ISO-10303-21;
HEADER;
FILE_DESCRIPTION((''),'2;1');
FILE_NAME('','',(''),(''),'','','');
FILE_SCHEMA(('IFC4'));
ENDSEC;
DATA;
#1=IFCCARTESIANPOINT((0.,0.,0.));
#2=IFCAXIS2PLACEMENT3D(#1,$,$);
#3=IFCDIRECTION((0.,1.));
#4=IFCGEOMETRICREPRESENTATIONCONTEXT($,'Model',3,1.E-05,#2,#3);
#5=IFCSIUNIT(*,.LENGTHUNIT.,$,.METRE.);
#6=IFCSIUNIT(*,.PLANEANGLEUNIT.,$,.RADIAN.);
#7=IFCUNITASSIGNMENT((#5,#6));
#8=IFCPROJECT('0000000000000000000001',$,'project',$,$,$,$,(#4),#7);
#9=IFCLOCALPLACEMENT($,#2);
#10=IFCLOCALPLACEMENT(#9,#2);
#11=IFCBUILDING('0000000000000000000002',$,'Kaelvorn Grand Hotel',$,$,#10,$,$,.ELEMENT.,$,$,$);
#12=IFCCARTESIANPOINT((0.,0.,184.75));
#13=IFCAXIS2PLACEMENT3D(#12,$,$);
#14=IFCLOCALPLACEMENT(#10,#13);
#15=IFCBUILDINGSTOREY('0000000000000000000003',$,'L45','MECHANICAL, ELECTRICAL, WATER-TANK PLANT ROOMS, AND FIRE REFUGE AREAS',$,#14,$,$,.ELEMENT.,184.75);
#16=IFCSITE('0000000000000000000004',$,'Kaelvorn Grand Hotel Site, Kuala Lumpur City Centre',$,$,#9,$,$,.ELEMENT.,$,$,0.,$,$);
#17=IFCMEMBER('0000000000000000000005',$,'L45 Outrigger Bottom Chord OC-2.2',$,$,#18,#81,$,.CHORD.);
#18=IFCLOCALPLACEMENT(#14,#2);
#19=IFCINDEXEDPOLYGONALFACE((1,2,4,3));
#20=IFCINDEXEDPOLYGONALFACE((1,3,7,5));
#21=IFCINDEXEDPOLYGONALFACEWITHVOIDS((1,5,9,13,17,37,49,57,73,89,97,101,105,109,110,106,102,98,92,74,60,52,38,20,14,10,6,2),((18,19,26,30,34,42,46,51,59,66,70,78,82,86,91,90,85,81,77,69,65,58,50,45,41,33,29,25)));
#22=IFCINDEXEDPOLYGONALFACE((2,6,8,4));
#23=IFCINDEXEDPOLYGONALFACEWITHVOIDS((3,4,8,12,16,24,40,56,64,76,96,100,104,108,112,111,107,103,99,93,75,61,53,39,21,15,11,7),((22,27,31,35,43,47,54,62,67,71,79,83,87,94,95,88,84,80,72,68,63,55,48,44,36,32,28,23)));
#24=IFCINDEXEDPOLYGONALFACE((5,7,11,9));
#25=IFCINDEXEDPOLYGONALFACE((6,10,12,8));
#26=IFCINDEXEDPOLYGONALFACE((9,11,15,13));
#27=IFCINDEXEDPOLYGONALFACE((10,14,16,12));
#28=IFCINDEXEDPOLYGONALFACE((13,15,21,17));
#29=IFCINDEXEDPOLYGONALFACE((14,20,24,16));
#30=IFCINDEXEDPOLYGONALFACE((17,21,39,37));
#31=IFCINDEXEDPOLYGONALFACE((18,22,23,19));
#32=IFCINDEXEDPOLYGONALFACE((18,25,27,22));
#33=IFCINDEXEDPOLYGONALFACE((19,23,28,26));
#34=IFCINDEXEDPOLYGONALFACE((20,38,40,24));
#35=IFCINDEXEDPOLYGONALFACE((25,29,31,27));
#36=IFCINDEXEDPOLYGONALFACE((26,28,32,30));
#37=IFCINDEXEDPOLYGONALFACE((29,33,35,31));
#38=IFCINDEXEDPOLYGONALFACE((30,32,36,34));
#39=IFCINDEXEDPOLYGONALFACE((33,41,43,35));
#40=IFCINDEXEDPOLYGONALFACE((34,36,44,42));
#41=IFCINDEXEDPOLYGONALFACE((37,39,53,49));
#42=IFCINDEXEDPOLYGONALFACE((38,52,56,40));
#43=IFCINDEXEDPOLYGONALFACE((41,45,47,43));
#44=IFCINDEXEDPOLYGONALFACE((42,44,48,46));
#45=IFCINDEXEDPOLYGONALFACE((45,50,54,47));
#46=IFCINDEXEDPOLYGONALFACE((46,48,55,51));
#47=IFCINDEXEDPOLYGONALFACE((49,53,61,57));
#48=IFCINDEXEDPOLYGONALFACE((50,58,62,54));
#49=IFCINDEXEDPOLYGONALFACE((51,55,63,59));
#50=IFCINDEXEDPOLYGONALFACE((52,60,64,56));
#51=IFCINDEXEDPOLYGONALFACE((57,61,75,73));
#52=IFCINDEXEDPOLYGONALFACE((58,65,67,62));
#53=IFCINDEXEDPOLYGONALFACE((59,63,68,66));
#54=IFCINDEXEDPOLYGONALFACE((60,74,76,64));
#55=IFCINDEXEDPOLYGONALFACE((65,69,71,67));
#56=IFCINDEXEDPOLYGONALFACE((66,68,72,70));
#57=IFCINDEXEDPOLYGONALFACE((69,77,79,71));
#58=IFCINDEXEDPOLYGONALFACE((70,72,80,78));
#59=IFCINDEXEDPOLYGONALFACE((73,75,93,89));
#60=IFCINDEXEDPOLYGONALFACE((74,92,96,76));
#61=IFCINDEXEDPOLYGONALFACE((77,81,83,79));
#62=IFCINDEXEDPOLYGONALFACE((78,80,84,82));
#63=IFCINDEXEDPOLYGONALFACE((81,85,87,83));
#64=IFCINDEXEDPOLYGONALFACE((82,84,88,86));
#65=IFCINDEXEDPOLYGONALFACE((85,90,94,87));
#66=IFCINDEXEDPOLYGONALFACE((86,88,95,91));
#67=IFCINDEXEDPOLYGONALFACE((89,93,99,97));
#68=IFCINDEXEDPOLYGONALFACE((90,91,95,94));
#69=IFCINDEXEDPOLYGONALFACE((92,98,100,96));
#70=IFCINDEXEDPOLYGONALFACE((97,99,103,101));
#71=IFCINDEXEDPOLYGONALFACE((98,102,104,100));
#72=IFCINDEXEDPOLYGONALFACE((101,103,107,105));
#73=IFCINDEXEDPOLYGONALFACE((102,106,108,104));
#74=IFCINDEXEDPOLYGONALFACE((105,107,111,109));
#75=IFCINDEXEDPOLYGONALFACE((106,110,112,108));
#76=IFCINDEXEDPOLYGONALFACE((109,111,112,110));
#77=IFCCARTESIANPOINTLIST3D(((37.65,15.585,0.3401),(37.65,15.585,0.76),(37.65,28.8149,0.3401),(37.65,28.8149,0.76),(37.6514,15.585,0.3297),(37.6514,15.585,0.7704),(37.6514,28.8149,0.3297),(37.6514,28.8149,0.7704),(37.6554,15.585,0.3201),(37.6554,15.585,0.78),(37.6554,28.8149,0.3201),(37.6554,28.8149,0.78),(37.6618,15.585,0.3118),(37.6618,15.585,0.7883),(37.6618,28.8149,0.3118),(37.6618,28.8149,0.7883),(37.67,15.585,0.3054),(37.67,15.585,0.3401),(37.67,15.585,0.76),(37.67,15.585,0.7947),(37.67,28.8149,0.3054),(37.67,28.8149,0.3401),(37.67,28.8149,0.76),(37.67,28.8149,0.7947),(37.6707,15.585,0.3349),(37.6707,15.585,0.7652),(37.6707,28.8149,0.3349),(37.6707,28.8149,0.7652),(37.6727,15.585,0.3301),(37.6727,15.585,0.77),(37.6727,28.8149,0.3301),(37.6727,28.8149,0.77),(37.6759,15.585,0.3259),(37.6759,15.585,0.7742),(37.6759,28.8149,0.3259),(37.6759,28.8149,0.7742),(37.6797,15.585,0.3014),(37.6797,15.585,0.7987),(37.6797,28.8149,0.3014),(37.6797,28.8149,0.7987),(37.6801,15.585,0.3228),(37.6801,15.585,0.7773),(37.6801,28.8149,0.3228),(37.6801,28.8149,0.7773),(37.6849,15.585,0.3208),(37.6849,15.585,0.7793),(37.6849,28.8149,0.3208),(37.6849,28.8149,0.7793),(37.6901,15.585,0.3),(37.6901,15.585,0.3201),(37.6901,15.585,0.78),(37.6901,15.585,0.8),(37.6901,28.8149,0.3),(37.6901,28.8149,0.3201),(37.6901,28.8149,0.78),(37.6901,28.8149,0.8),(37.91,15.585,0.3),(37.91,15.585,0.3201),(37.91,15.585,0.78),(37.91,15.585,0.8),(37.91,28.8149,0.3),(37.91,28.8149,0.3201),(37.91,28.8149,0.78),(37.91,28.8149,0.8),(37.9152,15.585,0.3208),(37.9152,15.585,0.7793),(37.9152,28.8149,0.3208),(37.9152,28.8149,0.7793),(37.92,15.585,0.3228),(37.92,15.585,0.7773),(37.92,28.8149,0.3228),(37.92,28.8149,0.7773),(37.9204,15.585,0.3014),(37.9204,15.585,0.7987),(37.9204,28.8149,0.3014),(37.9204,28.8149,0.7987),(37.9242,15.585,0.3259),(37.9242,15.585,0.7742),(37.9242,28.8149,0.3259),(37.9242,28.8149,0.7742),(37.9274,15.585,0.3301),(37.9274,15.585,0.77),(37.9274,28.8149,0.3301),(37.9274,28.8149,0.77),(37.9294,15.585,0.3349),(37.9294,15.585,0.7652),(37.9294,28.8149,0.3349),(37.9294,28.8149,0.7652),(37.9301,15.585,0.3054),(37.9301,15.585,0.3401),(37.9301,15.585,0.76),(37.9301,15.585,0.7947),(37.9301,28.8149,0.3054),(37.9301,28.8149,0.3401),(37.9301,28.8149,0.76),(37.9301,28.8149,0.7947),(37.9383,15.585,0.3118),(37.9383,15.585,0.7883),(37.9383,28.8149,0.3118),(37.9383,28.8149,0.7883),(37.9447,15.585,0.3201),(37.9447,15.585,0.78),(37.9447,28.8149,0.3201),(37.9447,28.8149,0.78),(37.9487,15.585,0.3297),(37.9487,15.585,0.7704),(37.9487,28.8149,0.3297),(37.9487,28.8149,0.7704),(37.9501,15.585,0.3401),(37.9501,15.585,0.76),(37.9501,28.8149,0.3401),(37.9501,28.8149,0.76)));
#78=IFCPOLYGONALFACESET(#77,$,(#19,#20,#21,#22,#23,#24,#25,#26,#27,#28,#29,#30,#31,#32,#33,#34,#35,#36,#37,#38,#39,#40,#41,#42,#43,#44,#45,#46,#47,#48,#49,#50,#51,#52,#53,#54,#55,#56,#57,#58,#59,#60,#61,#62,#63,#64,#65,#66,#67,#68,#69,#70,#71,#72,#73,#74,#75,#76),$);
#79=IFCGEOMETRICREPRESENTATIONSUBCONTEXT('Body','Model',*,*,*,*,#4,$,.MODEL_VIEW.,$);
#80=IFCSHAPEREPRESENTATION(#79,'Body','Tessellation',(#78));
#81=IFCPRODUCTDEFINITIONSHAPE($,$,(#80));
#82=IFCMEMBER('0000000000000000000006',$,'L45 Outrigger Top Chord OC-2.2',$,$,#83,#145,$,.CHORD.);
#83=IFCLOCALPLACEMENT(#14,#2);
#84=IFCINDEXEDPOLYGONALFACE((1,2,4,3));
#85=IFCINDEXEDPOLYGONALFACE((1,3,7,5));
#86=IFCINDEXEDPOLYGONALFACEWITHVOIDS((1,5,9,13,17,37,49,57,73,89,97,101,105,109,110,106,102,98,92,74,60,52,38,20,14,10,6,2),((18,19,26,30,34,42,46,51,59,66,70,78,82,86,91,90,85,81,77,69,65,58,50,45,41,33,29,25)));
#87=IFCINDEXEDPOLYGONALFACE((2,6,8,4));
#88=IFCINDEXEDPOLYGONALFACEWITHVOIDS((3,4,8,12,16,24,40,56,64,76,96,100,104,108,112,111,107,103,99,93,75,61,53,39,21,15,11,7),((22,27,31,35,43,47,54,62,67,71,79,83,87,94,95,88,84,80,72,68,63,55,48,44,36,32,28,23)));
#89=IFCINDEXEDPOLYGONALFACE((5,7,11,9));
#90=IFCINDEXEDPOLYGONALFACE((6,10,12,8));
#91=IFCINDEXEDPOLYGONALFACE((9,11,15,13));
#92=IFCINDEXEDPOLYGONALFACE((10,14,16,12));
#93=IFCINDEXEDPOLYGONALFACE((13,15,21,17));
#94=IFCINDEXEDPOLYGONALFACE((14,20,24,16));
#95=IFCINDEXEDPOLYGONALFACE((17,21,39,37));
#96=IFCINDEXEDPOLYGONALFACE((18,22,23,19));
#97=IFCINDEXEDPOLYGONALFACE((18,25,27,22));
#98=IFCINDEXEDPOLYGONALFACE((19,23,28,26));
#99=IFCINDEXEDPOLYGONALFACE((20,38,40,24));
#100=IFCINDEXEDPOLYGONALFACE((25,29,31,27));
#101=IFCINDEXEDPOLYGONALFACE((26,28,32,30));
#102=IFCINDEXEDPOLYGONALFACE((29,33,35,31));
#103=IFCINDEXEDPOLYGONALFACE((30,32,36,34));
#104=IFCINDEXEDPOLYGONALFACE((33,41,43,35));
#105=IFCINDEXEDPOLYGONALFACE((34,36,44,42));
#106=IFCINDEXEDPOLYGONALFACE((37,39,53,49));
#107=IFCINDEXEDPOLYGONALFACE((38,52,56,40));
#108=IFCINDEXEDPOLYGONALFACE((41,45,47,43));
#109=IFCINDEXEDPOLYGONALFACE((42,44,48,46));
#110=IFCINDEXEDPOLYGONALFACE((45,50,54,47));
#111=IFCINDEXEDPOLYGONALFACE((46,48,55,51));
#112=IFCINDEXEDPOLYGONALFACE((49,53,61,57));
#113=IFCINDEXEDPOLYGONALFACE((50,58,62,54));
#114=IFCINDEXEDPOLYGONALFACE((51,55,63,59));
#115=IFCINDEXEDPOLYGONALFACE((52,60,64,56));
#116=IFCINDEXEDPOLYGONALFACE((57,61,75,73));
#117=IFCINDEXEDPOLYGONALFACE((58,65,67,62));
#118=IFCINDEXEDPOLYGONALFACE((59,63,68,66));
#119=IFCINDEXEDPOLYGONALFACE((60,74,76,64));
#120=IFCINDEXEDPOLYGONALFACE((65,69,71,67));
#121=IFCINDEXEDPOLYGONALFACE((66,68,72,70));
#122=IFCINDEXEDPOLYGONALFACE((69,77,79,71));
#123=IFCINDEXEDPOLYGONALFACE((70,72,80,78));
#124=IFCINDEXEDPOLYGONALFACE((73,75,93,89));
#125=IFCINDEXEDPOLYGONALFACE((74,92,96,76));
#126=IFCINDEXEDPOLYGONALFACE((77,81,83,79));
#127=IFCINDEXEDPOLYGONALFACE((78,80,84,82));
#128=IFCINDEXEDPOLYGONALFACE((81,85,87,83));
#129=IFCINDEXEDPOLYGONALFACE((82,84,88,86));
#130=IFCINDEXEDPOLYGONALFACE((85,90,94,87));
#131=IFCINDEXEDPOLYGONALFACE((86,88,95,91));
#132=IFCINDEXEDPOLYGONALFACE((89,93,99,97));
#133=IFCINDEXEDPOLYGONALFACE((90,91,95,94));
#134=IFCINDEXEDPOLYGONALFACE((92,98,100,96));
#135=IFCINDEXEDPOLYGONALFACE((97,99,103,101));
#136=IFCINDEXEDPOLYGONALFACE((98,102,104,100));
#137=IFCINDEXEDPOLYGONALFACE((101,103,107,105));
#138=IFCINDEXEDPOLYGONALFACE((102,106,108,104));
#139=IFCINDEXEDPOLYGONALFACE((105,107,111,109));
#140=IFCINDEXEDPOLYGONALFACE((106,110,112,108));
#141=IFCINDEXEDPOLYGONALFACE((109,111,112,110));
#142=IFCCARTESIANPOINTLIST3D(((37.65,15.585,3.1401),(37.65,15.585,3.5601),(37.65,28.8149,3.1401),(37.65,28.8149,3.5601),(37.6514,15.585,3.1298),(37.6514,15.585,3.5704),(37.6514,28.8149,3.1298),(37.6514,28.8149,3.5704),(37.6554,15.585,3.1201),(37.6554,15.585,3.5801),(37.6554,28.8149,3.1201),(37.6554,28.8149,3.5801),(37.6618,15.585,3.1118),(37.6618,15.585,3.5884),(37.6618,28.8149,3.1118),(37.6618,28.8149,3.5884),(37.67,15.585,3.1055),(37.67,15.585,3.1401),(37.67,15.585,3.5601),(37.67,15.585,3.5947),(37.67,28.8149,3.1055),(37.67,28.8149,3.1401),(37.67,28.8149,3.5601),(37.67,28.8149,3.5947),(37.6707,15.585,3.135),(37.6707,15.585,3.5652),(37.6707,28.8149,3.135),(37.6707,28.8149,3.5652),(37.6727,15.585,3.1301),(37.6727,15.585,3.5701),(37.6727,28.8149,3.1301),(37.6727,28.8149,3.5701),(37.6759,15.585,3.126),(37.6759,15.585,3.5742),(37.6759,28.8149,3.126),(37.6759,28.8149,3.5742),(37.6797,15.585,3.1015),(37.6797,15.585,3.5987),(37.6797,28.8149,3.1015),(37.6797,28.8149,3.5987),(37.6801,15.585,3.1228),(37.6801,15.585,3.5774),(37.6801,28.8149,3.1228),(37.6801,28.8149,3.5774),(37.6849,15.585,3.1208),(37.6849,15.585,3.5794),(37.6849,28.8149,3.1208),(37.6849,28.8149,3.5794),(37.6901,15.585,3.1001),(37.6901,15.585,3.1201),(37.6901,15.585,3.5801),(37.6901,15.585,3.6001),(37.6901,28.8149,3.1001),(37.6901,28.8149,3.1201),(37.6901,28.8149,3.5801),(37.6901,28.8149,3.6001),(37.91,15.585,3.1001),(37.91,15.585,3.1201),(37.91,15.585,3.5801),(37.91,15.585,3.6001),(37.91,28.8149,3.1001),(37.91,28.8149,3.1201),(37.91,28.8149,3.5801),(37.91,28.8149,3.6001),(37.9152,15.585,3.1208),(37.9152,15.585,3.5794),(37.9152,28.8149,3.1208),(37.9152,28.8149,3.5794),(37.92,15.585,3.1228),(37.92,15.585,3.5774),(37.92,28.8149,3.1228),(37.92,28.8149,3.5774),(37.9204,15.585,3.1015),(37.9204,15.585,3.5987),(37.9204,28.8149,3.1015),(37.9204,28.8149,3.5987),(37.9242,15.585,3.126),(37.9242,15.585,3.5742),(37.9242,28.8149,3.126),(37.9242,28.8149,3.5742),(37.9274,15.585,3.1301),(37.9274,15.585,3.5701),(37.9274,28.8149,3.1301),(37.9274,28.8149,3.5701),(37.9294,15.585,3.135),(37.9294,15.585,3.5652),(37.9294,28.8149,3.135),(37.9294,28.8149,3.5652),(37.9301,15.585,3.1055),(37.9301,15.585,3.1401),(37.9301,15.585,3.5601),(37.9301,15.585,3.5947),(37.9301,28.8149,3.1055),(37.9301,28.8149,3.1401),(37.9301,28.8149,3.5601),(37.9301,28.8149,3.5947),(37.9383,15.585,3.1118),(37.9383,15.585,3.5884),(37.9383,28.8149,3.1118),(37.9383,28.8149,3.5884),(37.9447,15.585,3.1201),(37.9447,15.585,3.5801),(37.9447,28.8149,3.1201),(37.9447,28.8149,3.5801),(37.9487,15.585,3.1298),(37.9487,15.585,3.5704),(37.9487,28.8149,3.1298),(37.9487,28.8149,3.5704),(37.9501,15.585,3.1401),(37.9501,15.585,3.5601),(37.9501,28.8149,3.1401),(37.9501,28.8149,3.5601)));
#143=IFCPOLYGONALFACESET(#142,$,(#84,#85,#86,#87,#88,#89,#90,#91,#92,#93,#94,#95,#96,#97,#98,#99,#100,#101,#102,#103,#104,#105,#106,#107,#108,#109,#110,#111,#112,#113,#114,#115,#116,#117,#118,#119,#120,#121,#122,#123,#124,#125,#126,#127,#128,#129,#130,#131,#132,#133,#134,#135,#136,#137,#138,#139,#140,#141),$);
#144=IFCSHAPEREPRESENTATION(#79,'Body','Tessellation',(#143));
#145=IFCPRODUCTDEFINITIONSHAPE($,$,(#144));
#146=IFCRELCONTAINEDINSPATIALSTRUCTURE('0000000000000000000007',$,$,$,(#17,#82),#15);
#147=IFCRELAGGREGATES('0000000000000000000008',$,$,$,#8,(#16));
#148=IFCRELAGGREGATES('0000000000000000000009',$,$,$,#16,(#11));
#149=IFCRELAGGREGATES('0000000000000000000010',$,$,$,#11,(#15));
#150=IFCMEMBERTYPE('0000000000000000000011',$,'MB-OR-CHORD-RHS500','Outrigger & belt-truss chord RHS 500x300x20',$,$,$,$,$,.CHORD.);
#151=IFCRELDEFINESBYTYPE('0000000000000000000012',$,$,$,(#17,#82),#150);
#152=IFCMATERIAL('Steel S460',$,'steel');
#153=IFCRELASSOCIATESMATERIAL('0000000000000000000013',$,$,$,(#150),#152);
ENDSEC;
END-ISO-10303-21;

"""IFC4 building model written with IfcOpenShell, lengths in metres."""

from ifc_helpers import new_model, si_unit, direction, frame, origin, origin_2d, place, context, subcontext, project, spatial, hollow_rectangle, extrude, material, material_profile, profile_set, type_object, element, save


model = new_model("IFC4")

# Units and contexts
model_context = context("Model", 3, precision=1e-05, world=origin(), true_north=direction((0.0, 1.0)))
body_context = subcontext(model_context, "Body", "Model", "MODEL_VIEW")
ifc_project = project(units=[si_unit("LENGTHUNIT", "METRE"), si_unit("PLANEANGLEUNIT", "RADIAN")], contexts=[model_context])

# Site, building, storey
site_placement = place(None, origin())
site = spatial("IfcSite", under=ifc_project, at=site_placement, Name="Kaelvorn Grand Hotel Site, Kuala Lumpur City Centre", CompositionType="ELEMENT", RefElevation=0.0)
building_placement = place(site_placement, origin())
building = spatial("IfcBuilding", under=site, at=building_placement, Name="Kaelvorn Grand Hotel", CompositionType="ELEMENT")
storey_placement = place(building_placement, frame((0.0, 0.0, 184.75)))
storey = spatial("IfcBuildingStorey", under=building, at=storey_placement, Name="L45", Description="MECHANICAL, ELECTRICAL, WATER-TANK PLANT ROOMS, AND FIRE REFUGE AREAS", CompositionType="ELEMENT", Elevation=184.75)

# Shared definitions
ifc_material_1 = material(Name="Steel S460", Category="steel")

# Members
ifc_material_profile_1 = material_profile(ifc_material_1, hollow_rectangle(XDim=0.3, YDim=0.5, WallThickness=0.02, InnerFilletRadius=0.02, OuterFilletRadius=0.04, at=origin_2d()), Name="RHS 500x300x20.0")
ifc_profile_set_1 = profile_set([ifc_material_profile_1], Name="Steel S460")
member_type_1 = type_object("IfcMemberType", Name="MB-OR-CHORD-RHS500", Description="Outrigger & belt-truss chord RHS 500x300x20", PredefinedType="CHORD", material=ifc_profile_set_1)
for number, where, z_axis, x_axis, name in (
    (1, (37.8, 15.585, 0.55), (0.0, 1.0, 0.0), (-1.0, 0.0, 0.0), "L45 Outrigger Bottom Chord OC-2.2"),
    (2, (37.8, 15.585, 3.3501), (0.0, 1.0, 0.0), (-1.0, 0.0, 0.0), "L45 Outrigger Top Chord OC-2.2"),
):
    element("IfcMember", number, at=place(storey_placement, frame(where, z_axis=z_axis, x_axis=x_axis)), inside=storey, type_object=member_type_1, Name=name, PredefinedType="CHORD", context=body_context, shape_type="SweptSolid", body=[
        extrude(hollow_rectangle(XDim=0.3, YDim=0.5, WallThickness=0.02, InnerFilletRadius=0.02, OuterFilletRadius=0.04, at=origin_2d()), origin(), (0.0, 0.0, 1.0), 13.23),
    ])

save(model, "model.ifc")
